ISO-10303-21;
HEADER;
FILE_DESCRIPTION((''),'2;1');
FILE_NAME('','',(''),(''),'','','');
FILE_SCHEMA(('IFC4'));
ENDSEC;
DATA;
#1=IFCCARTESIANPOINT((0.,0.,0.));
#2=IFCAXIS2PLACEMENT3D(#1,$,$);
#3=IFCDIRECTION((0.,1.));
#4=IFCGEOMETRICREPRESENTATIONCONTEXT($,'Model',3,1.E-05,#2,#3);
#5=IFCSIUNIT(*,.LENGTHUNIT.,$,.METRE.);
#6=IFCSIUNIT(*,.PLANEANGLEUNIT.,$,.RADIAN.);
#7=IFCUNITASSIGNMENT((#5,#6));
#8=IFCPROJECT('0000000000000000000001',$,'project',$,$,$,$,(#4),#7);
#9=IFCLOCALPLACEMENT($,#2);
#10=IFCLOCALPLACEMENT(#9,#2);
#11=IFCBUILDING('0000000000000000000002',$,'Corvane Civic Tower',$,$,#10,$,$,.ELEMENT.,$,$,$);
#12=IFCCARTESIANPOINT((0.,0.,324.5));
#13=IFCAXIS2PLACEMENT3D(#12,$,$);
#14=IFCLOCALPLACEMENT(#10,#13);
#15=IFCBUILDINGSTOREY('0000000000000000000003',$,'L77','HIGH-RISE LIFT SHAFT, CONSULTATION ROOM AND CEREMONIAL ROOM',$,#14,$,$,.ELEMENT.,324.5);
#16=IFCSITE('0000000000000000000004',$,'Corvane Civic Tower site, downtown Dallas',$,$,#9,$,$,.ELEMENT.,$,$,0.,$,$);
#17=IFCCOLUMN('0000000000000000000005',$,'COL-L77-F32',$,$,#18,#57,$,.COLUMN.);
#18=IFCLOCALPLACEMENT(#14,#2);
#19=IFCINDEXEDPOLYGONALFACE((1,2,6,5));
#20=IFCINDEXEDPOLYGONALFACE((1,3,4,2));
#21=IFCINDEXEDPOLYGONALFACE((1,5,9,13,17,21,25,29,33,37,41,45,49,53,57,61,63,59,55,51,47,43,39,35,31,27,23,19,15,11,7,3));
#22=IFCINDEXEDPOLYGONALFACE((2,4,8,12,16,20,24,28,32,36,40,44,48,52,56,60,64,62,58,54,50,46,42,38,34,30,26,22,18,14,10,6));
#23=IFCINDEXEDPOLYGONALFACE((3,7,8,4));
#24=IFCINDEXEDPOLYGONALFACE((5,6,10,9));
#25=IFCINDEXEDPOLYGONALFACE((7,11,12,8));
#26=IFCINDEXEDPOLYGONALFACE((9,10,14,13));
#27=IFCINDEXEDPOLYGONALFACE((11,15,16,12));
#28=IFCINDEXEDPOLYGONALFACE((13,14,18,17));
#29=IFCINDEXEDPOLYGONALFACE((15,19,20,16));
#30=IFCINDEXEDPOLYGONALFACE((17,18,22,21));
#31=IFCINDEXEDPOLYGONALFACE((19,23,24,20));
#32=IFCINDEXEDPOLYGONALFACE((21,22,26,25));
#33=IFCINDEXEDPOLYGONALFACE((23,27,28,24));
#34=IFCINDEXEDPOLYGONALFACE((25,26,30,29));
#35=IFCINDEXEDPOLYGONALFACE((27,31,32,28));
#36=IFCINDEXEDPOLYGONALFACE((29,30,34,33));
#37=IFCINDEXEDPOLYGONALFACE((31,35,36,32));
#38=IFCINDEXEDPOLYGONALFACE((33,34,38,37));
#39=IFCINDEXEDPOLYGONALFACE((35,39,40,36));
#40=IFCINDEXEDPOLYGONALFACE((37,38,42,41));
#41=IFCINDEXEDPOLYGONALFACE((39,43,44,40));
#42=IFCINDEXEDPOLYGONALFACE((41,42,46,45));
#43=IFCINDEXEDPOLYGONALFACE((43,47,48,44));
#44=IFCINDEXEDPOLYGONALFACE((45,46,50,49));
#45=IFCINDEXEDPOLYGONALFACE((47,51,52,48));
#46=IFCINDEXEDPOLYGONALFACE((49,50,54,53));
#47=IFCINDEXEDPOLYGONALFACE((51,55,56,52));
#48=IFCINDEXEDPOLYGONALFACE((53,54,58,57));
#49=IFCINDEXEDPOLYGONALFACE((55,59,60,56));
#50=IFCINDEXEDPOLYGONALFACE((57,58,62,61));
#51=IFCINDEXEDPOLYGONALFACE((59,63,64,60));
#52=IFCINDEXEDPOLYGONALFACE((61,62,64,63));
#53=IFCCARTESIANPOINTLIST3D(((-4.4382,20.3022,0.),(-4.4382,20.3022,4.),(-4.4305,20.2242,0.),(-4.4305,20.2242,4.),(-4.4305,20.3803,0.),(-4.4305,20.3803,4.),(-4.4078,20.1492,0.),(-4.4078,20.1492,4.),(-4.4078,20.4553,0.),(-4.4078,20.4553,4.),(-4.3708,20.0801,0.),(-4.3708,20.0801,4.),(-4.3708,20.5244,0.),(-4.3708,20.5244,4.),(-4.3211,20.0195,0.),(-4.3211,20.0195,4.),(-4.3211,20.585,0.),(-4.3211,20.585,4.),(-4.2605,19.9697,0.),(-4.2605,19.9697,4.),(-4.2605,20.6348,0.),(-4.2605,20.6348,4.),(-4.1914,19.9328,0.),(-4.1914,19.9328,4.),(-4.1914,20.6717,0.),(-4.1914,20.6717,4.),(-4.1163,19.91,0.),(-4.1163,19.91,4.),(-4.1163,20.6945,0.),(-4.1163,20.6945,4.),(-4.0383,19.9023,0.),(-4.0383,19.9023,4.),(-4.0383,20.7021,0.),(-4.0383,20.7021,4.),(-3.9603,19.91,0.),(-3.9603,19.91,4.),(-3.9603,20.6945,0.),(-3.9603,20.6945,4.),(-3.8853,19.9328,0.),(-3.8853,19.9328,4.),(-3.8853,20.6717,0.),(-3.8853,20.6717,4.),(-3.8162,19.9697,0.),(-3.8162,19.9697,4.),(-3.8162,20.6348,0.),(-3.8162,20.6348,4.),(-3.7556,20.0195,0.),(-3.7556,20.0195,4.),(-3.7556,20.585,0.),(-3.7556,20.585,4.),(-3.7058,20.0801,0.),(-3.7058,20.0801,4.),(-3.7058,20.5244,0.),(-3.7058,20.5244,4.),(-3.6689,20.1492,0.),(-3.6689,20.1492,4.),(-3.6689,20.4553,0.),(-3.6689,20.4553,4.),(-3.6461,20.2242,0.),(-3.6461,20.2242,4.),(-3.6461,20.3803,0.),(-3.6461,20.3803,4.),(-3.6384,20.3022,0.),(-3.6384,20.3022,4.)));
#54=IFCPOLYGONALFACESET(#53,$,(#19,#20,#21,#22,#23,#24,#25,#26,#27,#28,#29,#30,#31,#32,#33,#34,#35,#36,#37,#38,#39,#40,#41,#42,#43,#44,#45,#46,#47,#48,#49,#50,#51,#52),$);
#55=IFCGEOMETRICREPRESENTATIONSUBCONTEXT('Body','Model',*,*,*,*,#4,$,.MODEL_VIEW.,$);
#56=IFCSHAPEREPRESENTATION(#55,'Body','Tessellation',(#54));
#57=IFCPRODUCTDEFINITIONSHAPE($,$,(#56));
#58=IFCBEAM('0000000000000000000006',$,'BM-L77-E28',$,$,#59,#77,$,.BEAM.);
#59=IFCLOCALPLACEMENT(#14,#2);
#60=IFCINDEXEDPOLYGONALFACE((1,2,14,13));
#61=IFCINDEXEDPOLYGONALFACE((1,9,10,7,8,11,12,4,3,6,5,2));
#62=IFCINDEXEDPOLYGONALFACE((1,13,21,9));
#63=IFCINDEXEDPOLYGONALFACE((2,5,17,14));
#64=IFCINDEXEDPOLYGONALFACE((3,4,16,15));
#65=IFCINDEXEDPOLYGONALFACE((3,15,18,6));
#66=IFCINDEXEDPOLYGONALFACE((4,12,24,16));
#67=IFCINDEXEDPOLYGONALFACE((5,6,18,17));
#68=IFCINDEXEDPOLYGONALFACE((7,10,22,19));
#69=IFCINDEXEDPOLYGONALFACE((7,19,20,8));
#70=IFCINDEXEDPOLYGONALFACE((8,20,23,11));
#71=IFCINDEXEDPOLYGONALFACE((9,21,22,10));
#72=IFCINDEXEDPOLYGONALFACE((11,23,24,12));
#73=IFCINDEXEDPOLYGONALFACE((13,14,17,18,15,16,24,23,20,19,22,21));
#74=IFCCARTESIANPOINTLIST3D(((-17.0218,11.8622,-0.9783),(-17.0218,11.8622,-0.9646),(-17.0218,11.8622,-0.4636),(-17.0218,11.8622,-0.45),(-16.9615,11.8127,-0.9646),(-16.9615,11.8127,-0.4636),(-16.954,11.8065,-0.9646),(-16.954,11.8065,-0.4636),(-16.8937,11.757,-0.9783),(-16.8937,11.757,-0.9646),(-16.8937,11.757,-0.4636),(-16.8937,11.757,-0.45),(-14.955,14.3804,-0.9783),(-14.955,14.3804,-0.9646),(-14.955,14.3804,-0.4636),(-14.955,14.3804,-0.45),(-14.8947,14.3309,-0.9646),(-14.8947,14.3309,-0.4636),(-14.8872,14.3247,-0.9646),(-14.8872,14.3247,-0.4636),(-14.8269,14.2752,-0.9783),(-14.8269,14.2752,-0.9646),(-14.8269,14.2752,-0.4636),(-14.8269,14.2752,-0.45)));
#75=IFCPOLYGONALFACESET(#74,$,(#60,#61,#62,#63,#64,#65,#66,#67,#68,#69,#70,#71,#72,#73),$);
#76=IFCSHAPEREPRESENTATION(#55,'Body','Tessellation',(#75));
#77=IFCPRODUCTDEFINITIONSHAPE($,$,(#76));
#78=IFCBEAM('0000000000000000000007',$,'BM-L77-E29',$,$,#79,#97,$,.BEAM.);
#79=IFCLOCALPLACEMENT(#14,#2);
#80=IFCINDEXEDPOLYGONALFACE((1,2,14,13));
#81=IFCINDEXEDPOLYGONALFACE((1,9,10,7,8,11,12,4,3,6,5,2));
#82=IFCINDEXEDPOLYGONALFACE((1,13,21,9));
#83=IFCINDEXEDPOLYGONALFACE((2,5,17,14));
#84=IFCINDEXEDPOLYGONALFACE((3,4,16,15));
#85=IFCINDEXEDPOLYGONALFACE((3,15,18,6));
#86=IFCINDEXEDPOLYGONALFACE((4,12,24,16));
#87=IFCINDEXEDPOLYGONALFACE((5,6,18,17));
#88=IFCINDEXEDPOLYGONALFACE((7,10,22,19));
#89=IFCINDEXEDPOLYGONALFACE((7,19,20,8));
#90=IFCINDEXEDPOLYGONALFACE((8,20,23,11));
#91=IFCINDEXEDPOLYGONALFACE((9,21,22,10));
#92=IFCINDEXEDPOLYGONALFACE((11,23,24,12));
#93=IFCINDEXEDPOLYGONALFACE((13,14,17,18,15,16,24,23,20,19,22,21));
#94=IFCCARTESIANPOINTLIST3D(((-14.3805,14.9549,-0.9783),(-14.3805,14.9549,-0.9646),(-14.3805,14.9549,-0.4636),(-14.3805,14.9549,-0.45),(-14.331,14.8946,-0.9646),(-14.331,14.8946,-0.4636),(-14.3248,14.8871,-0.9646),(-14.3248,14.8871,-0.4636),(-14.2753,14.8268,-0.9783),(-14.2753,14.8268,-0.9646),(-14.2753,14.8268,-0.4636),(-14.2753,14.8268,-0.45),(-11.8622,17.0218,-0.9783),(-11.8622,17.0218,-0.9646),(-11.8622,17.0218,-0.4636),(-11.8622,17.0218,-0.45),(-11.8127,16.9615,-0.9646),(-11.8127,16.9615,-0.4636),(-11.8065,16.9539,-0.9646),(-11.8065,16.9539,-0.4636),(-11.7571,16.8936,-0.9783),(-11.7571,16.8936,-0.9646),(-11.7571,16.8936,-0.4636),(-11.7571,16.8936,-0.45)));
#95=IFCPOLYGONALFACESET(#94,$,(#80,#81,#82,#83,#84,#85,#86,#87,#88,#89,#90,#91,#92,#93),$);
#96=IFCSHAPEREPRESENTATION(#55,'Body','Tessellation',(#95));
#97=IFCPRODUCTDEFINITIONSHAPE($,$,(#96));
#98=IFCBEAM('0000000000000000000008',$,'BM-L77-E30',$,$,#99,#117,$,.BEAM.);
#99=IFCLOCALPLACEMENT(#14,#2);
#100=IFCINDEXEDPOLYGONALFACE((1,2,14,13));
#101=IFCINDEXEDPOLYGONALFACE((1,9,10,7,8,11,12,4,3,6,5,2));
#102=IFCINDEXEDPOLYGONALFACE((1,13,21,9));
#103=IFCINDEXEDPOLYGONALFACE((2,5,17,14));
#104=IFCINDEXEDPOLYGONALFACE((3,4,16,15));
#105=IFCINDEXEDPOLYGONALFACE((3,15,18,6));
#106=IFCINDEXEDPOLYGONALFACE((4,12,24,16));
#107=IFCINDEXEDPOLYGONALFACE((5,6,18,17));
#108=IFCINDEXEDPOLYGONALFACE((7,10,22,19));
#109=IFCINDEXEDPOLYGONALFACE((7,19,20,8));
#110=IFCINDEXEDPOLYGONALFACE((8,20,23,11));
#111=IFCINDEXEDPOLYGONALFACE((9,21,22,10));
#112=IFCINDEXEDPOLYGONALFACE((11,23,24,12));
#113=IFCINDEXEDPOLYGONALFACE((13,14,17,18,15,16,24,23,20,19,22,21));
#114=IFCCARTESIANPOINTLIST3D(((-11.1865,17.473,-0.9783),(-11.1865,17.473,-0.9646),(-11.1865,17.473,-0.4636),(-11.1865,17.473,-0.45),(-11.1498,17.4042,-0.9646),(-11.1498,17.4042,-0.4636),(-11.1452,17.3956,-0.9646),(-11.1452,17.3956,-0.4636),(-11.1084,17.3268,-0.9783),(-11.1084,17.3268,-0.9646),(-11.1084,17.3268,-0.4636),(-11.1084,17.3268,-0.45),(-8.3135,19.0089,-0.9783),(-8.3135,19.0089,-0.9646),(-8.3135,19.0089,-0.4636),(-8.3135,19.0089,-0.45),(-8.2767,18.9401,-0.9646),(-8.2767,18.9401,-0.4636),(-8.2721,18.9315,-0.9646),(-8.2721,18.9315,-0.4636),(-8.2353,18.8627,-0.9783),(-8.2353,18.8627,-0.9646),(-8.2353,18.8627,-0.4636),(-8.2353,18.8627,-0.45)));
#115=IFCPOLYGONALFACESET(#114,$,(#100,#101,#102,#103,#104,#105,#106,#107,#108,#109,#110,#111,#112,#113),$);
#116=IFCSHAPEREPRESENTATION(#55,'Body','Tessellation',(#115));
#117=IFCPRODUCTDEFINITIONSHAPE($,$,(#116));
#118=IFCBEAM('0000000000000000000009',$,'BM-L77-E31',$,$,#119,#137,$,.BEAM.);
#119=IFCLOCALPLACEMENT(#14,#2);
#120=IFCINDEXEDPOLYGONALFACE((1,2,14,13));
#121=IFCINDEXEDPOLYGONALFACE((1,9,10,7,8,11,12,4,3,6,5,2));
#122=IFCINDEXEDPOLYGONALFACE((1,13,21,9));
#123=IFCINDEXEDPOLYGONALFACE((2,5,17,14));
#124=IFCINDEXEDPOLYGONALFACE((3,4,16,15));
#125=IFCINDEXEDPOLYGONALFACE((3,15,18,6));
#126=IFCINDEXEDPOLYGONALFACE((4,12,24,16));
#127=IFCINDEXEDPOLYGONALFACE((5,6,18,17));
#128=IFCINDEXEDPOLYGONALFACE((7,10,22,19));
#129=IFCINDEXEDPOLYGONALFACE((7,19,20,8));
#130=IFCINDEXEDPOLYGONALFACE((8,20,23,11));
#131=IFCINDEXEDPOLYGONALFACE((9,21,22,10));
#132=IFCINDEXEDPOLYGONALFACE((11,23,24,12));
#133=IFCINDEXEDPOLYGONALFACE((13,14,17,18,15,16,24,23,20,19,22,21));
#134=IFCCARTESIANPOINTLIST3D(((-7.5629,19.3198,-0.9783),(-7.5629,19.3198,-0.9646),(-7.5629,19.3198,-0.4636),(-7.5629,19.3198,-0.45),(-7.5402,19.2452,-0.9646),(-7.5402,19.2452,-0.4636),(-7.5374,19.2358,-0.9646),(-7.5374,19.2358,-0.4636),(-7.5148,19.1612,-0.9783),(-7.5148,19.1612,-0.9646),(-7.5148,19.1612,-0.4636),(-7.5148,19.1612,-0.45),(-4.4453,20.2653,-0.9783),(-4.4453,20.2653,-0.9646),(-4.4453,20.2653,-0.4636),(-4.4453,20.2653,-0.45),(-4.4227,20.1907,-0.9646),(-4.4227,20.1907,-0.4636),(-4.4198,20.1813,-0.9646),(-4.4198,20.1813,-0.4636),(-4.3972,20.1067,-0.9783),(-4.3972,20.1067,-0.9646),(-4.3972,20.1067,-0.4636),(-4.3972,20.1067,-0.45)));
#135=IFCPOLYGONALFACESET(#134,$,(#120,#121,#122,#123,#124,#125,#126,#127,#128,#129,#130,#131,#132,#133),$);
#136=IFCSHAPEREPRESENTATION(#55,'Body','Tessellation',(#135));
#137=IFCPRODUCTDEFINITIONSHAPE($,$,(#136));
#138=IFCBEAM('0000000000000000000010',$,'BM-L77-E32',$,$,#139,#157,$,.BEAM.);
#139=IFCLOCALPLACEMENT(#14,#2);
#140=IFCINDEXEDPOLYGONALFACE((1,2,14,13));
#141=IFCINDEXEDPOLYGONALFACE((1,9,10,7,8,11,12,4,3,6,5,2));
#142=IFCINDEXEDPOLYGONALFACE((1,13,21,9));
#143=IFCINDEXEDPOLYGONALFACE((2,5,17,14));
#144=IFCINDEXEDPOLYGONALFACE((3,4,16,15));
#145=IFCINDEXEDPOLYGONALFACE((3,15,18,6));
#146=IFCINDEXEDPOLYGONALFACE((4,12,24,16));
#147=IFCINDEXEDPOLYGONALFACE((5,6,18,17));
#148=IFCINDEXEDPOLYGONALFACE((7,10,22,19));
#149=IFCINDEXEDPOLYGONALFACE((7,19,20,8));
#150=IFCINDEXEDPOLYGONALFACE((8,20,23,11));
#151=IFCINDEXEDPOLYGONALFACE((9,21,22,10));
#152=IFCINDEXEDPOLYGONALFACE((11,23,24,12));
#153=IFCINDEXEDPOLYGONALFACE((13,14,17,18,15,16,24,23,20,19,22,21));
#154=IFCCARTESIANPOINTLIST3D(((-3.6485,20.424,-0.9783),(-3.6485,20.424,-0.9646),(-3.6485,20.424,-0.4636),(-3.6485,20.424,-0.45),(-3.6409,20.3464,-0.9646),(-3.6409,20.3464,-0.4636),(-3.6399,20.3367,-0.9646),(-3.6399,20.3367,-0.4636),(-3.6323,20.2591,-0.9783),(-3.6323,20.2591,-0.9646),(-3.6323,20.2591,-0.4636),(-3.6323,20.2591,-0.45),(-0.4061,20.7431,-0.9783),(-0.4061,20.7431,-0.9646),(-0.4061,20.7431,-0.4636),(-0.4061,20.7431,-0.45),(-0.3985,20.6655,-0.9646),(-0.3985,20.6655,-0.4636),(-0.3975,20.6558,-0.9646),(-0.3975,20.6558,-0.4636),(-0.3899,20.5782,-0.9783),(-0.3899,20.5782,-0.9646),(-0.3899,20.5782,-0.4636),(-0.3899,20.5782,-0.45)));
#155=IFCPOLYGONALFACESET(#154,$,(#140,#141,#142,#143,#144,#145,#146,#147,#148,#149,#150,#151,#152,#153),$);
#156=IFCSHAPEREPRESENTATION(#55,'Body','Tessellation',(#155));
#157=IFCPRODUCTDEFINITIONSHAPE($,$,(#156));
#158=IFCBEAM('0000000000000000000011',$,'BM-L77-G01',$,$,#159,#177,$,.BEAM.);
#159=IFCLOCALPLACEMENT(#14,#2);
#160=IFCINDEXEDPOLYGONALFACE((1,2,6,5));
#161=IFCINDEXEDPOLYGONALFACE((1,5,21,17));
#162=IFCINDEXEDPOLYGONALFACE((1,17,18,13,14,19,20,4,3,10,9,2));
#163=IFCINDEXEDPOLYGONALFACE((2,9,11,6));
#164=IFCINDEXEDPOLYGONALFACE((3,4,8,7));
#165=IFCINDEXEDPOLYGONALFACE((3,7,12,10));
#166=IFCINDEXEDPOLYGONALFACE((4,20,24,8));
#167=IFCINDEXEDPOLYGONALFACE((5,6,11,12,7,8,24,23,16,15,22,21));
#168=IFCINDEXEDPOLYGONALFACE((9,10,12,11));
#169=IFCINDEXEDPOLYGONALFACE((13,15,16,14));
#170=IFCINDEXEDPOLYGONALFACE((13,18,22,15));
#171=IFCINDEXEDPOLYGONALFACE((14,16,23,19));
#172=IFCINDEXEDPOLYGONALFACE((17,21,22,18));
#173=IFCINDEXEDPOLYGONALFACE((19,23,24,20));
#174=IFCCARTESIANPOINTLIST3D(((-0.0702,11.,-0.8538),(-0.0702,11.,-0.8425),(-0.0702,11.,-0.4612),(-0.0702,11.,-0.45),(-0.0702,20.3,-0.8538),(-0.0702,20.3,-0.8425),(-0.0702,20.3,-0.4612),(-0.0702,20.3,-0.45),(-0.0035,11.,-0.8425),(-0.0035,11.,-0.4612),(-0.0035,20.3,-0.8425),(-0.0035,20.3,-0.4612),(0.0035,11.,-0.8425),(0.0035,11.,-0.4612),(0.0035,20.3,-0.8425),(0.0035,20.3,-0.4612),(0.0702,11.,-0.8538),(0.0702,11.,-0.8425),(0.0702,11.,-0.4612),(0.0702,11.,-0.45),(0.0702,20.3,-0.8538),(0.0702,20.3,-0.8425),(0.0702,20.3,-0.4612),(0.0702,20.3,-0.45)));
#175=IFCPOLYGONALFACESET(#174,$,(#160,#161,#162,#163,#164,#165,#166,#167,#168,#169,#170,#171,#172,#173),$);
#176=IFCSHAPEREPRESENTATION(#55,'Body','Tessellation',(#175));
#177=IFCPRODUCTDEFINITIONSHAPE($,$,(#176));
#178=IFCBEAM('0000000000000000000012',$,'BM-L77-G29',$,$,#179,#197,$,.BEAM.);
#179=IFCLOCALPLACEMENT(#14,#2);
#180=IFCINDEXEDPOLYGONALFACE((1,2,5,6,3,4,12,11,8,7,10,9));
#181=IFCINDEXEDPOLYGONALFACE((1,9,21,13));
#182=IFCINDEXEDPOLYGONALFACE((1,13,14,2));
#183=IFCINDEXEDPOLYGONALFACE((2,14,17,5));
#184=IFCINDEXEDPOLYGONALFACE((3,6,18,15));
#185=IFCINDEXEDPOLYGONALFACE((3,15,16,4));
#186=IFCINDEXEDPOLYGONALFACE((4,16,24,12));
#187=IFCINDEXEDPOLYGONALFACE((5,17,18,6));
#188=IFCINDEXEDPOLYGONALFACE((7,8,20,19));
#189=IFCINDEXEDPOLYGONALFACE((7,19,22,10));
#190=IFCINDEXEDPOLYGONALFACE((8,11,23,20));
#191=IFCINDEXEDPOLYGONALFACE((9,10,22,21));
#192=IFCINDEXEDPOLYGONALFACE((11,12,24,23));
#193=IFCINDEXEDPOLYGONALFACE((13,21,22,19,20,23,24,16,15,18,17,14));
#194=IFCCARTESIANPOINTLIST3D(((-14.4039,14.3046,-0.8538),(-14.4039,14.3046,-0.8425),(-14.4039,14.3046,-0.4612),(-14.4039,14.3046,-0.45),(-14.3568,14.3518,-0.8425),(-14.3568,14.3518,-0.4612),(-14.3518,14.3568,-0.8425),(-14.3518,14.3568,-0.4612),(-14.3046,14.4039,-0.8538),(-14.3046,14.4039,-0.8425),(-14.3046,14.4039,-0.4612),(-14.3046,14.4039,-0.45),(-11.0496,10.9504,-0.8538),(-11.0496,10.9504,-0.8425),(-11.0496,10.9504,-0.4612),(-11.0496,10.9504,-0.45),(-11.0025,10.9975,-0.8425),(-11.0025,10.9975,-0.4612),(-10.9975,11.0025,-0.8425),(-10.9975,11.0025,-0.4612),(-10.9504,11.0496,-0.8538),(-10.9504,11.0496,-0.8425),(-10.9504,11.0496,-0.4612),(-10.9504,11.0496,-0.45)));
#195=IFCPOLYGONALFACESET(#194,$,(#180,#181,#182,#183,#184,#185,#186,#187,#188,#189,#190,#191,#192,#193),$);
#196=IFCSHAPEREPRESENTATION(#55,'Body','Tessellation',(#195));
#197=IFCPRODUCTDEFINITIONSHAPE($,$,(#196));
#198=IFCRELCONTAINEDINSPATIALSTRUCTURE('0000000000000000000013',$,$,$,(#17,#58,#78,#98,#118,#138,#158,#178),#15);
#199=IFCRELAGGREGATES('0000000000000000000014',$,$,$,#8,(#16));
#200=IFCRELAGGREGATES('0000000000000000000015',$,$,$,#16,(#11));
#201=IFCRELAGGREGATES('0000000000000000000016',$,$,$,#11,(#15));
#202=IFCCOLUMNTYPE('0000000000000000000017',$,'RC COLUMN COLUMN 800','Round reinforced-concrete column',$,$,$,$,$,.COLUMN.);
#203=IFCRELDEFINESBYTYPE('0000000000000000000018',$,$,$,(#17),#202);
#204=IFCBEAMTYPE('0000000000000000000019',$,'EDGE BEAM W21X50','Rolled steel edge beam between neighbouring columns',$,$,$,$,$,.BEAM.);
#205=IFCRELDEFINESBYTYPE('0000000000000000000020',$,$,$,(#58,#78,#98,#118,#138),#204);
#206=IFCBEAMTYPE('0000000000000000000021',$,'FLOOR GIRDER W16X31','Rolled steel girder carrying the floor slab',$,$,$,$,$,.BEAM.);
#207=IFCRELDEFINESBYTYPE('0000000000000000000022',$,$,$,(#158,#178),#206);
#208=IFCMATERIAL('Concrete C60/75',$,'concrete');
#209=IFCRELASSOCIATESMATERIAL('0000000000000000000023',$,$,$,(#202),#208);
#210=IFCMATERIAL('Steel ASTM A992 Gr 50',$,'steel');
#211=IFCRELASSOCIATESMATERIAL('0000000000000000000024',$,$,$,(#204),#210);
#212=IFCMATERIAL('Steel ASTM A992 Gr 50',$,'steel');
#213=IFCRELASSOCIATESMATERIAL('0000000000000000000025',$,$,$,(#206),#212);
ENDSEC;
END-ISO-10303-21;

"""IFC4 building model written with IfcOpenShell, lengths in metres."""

from ifc_helpers import new_model, si_unit, direction, frame, origin, origin_2d, place, context, subcontext, project, spatial, circle, i_section, extrude, material, material_profile, profile_set, type_object, element, save


model = new_model("IFC4")

# Units and contexts
model_context = context("Model", 3, precision=1e-05, world=origin(), true_north=direction((0.0, 1.0)))
body_context = subcontext(model_context, "Body", "Model", "MODEL_VIEW")
ifc_project = project(units=[si_unit("LENGTHUNIT", "METRE"), si_unit("PLANEANGLEUNIT", "RADIAN")], contexts=[model_context])

# Site, building, storey
site_placement = place(None, origin())
site = spatial("IfcSite", under=ifc_project, at=site_placement, Name="Corvane Civic Tower site, downtown Dallas", CompositionType="ELEMENT", RefElevation=0.0)
building_placement = place(site_placement, origin())
building = spatial("IfcBuilding", under=site, at=building_placement, Name="Corvane Civic Tower", CompositionType="ELEMENT")
storey_placement = place(building_placement, frame((0.0, 0.0, 324.5)))
storey = spatial("IfcBuildingStorey", under=building, at=storey_placement, Name="L77", Description="HIGH-RISE LIFT SHAFT, CONSULTATION ROOM AND CEREMONIAL ROOM", CompositionType="ELEMENT", Elevation=324.5)

# Column
ifc_material_1 = material(Name="Concrete C60/75", Category="concrete")
ifc_material_profile_1 = material_profile(ifc_material_1, circle(Radius=0.3999, at=origin_2d()), Name="COLUMN 800")
ifc_profile_set_1 = profile_set([ifc_material_profile_1], Name="Concrete C60/75")
column_type = type_object("IfcColumnType", Name="RC COLUMN COLUMN 800", Description="Round reinforced-concrete column", PredefinedType="COLUMN", material=ifc_profile_set_1)
for number, where, z_axis, x_axis, name in (
    (1, (-4.0383, 20.3022, 0.0), (0.0, 0.0, 1.0), (1.0, 0.0, 0.0), "COL-L77-F32"),
):
    element("IfcColumn", number, at=place(storey_placement, frame(where, z_axis=z_axis, x_axis=x_axis)), inside=storey, type_object=column_type, Name=name, PredefinedType="COLUMN", context=body_context, shape_type="SweptSolid", body=[
        extrude(circle(Radius=0.3999, at=origin_2d()), origin(), (0.0, 0.0, 1.0), 4.0),
    ])

# Beams
ifc_material_2 = material(Name="Steel ASTM A992 Gr 50", Category="steel")
ifc_material_profile_2 = material_profile(ifc_material_2, i_section(OverallWidth=0.1658, OverallDepth=0.5283, WebThickness=0.0098, FlangeThickness=0.0137, at=origin_2d()), Name="W21X50")
ifc_profile_set_2 = profile_set([ifc_material_profile_2], Name="Steel ASTM A992 Gr 50")
beam_type_1 = type_object("IfcBeamType", Name="EDGE BEAM W21X50", Description="Rolled steel edge beam between neighbouring columns", PredefinedType="BEAM", material=ifc_profile_set_2)
for number, where, z_axis, x_axis, name in (
    (2, (-16.9578, 11.8096, -0.7141), (0.634425, 0.772985, 0.0), (-0.772985, 0.634425, 0.0), "BM-L77-E28"),
    (3, (-14.3279, 14.8909, -0.7141), (0.772985, 0.634425, 0.0), (-0.634425, 0.772985, 0.0), "BM-L77-E29"),
    (4, (-11.1475, 17.3999, -0.7141), (0.881894, 0.471448, 0.0), (-0.471448, 0.881894, 0.0), "BM-L77-E30"),
    (5, (-7.5388, 19.2405, -0.7141), (0.956956, 0.290234, 0.0), (-0.290234, 0.956956, 0.0), "BM-L77-E31"),
):
    element("IfcBeam", number, at=place(storey_placement, frame(where, z_axis=z_axis, x_axis=x_axis)), inside=storey, type_object=beam_type_1, Name=name, PredefinedType="BEAM", context=body_context, shape_type="SweptSolid", body=[
        extrude(i_section(OverallWidth=0.1658, OverallDepth=0.5283, WebThickness=0.0098, FlangeThickness=0.0137, at=origin_2d()), origin(), (0.0, 0.0, 1.0), 3.2578),
    ])
beam_1_placement = place(storey_placement, frame((-3.6404, 20.3416, -0.7141), z_axis=(0.995193, 0.097938, 0.0), x_axis=(-0.097938, 0.995193, 0.0)))
element("IfcBeam", 6, at=beam_1_placement, inside=storey, type_object=beam_type_1, Name="BM-L77-E32", PredefinedType="BEAM", context=body_context, shape_type="SweptSolid", body=[
    extrude(i_section(OverallWidth=0.1658, OverallDepth=0.5283, WebThickness=0.0098, FlangeThickness=0.0137, at=origin_2d()), origin(), (0.0, 0.0, 1.0), 3.2581),
])
ifc_material_3 = material(Name="Steel ASTM A992 Gr 50", Category="steel")
ifc_material_profile_3 = material_profile(ifc_material_3, i_section(OverallWidth=0.1404, OverallDepth=0.4038, WebThickness=0.0071, FlangeThickness=0.0112, at=origin_2d()), Name="W16X31")
ifc_profile_set_3 = profile_set([ifc_material_profile_3], Name="Steel ASTM A992 Gr 50")
beam_type_2 = type_object("IfcBeamType", Name="FLOOR GIRDER W16X31", Description="Rolled steel girder carrying the floor slab", PredefinedType="BEAM", material=ifc_profile_set_3)
beam_2_placement = place(storey_placement, frame((0.0, 11.0, -0.6519), z_axis=(0.0, 1.0, 0.0), x_axis=(-1.0, 0.0, 0.0)))
element("IfcBeam", 7, at=beam_2_placement, inside=storey, type_object=beam_type_2, Name="BM-L77-G01", PredefinedType="BEAM", context=body_context, shape_type="SweptSolid", body=[
    extrude(i_section(OverallWidth=0.1404, OverallDepth=0.4038, WebThickness=0.0071, FlangeThickness=0.0112, at=origin_2d()), origin(), (0.0, 0.0, 1.0), 9.3),
])
beam_3_placement = place(storey_placement, frame((-11.0, 11.0, -0.6519), z_axis=(-0.707107, 0.707107, 0.0), x_axis=(-0.707107, -0.707107, 0.0)))
element("IfcBeam", 8, at=beam_3_placement, inside=storey, type_object=beam_type_2, Name="BM-L77-G29", PredefinedType="BEAM", context=body_context, shape_type="SweptSolid", body=[
    extrude(i_section(OverallWidth=0.1404, OverallDepth=0.4038, WebThickness=0.0071, FlangeThickness=0.0112, at=origin_2d()), origin(), (0.0, 0.0, 1.0), 4.7437),
])

save(model, "model.ifc")
